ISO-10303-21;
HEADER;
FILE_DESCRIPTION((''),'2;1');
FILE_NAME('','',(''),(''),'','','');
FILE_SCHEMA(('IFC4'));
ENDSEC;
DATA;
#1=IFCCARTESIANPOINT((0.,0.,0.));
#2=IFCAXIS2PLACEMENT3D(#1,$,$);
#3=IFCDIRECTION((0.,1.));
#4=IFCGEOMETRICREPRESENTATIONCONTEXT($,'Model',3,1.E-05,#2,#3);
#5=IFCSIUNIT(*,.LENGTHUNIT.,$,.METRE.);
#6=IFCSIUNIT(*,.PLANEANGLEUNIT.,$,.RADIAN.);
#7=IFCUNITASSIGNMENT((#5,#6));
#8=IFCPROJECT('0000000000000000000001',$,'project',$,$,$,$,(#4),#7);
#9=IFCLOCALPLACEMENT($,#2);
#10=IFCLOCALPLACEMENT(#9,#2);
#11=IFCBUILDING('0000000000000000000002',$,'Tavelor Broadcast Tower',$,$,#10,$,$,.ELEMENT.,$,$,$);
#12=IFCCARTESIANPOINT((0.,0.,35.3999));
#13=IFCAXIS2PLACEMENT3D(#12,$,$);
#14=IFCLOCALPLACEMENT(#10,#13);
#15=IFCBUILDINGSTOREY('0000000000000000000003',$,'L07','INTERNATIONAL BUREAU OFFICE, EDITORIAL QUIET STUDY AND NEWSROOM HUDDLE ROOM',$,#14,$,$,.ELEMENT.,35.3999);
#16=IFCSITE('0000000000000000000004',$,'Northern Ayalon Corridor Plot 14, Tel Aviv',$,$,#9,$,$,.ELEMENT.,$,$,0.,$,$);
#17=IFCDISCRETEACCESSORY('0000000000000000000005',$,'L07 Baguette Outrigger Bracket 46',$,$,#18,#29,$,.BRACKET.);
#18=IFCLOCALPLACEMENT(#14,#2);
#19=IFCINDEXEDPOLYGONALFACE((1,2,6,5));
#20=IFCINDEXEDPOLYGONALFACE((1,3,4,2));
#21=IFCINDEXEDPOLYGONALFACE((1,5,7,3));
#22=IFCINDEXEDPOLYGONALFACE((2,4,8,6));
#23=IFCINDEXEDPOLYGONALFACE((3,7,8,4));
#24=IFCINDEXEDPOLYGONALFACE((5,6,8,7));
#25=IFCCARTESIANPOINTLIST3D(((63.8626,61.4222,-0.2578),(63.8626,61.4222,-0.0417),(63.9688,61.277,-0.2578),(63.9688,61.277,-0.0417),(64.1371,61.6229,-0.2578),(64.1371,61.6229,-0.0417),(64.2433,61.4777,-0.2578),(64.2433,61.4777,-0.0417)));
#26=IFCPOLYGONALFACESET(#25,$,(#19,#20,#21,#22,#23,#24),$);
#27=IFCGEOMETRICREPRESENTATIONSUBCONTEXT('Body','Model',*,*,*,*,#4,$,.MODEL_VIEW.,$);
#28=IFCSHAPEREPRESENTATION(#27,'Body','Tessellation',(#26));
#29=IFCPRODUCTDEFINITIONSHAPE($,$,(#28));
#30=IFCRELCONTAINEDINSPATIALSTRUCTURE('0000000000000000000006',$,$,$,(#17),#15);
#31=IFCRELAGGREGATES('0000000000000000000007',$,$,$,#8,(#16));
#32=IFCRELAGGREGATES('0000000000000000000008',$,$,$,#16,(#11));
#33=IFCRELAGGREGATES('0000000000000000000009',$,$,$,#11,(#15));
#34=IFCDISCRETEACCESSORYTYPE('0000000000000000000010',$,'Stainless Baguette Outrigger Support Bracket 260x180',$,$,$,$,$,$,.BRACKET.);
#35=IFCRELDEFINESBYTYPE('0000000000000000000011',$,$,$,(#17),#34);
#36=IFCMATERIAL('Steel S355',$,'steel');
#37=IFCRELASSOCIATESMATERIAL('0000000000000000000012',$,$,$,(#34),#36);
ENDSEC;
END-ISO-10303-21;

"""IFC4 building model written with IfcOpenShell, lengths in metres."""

from ifc_helpers import new_model, si_unit, direction, frame, origin, origin_2d, place, context, subcontext, project, spatial, rectangle, extrude, source, transform, mapped, material, type_object, type_shapes, element, save


model = new_model("IFC4")

# Units and contexts
model_context = context("Model", 3, precision=1e-05, world=origin(), true_north=direction((0.0, 1.0)))
body_context = subcontext(model_context, "Body", "Model", "MODEL_VIEW")
ifc_project = project(units=[si_unit("LENGTHUNIT", "METRE"), si_unit("PLANEANGLEUNIT", "RADIAN")], contexts=[model_context])

# Site, building, storey
site_placement = place(None, origin())
site = spatial("IfcSite", under=ifc_project, at=site_placement, Name="Northern Ayalon Corridor Plot 14, Tel Aviv", CompositionType="ELEMENT", RefElevation=0.0)
building_placement = place(site_placement, origin())
building = spatial("IfcBuilding", under=site, at=building_placement, Name="Tavelor Broadcast Tower", CompositionType="ELEMENT")
storey_placement = place(building_placement, frame((0.0, 0.0, 35.3999)))
storey = spatial("IfcBuildingStorey", under=building, at=storey_placement, Name="L07", Description="INTERNATIONAL BUREAU OFFICE, EDITORIAL QUIET STUDY AND NEWSROOM HUDDLE ROOM", CompositionType="ELEMENT", Elevation=35.3999)

# Shared definitions
ifc_material_1 = material(Name="Steel S355", Category="steel")

# Discrete accessory
discrete_accessory_type = type_object("IfcDiscreteAccessoryType", Name="Stainless Baguette Outrigger Support Bracket 260x180", PredefinedType="BRACKET", material=ifc_material_1)
shared_shape_1 = source(origin(), body_context, "Body", "SweptSolid", [
    extrude(rectangle(XDim=0.1799, YDim=0.3401, at=origin_2d()), origin(), (0.0, 0.0, 1.0), 0.2161),
])
type_shapes(discrete_accessory_type, [shared_shape_1])
for number, where, z_axis, x_axis, name in (
    (1, (64.053, 61.45, -0.2578), (0.0, 0.0, 1.0), (-0.590324, 0.807166, 0.0), "L07 Baguette Outrigger Bracket 46"),
):
    element("IfcDiscreteAccessory", number, at=place(storey_placement, frame(where, z_axis=z_axis, x_axis=x_axis)), inside=storey, type_object=discrete_accessory_type, Name=name, PredefinedType="BRACKET", context=body_context, shape_type="MappedRepresentation", body=[
        mapped(shared_shape_1, transform((0.0, 0.0, 0.0), scale=1.0)),
    ])

save(model, "model.ifc")
